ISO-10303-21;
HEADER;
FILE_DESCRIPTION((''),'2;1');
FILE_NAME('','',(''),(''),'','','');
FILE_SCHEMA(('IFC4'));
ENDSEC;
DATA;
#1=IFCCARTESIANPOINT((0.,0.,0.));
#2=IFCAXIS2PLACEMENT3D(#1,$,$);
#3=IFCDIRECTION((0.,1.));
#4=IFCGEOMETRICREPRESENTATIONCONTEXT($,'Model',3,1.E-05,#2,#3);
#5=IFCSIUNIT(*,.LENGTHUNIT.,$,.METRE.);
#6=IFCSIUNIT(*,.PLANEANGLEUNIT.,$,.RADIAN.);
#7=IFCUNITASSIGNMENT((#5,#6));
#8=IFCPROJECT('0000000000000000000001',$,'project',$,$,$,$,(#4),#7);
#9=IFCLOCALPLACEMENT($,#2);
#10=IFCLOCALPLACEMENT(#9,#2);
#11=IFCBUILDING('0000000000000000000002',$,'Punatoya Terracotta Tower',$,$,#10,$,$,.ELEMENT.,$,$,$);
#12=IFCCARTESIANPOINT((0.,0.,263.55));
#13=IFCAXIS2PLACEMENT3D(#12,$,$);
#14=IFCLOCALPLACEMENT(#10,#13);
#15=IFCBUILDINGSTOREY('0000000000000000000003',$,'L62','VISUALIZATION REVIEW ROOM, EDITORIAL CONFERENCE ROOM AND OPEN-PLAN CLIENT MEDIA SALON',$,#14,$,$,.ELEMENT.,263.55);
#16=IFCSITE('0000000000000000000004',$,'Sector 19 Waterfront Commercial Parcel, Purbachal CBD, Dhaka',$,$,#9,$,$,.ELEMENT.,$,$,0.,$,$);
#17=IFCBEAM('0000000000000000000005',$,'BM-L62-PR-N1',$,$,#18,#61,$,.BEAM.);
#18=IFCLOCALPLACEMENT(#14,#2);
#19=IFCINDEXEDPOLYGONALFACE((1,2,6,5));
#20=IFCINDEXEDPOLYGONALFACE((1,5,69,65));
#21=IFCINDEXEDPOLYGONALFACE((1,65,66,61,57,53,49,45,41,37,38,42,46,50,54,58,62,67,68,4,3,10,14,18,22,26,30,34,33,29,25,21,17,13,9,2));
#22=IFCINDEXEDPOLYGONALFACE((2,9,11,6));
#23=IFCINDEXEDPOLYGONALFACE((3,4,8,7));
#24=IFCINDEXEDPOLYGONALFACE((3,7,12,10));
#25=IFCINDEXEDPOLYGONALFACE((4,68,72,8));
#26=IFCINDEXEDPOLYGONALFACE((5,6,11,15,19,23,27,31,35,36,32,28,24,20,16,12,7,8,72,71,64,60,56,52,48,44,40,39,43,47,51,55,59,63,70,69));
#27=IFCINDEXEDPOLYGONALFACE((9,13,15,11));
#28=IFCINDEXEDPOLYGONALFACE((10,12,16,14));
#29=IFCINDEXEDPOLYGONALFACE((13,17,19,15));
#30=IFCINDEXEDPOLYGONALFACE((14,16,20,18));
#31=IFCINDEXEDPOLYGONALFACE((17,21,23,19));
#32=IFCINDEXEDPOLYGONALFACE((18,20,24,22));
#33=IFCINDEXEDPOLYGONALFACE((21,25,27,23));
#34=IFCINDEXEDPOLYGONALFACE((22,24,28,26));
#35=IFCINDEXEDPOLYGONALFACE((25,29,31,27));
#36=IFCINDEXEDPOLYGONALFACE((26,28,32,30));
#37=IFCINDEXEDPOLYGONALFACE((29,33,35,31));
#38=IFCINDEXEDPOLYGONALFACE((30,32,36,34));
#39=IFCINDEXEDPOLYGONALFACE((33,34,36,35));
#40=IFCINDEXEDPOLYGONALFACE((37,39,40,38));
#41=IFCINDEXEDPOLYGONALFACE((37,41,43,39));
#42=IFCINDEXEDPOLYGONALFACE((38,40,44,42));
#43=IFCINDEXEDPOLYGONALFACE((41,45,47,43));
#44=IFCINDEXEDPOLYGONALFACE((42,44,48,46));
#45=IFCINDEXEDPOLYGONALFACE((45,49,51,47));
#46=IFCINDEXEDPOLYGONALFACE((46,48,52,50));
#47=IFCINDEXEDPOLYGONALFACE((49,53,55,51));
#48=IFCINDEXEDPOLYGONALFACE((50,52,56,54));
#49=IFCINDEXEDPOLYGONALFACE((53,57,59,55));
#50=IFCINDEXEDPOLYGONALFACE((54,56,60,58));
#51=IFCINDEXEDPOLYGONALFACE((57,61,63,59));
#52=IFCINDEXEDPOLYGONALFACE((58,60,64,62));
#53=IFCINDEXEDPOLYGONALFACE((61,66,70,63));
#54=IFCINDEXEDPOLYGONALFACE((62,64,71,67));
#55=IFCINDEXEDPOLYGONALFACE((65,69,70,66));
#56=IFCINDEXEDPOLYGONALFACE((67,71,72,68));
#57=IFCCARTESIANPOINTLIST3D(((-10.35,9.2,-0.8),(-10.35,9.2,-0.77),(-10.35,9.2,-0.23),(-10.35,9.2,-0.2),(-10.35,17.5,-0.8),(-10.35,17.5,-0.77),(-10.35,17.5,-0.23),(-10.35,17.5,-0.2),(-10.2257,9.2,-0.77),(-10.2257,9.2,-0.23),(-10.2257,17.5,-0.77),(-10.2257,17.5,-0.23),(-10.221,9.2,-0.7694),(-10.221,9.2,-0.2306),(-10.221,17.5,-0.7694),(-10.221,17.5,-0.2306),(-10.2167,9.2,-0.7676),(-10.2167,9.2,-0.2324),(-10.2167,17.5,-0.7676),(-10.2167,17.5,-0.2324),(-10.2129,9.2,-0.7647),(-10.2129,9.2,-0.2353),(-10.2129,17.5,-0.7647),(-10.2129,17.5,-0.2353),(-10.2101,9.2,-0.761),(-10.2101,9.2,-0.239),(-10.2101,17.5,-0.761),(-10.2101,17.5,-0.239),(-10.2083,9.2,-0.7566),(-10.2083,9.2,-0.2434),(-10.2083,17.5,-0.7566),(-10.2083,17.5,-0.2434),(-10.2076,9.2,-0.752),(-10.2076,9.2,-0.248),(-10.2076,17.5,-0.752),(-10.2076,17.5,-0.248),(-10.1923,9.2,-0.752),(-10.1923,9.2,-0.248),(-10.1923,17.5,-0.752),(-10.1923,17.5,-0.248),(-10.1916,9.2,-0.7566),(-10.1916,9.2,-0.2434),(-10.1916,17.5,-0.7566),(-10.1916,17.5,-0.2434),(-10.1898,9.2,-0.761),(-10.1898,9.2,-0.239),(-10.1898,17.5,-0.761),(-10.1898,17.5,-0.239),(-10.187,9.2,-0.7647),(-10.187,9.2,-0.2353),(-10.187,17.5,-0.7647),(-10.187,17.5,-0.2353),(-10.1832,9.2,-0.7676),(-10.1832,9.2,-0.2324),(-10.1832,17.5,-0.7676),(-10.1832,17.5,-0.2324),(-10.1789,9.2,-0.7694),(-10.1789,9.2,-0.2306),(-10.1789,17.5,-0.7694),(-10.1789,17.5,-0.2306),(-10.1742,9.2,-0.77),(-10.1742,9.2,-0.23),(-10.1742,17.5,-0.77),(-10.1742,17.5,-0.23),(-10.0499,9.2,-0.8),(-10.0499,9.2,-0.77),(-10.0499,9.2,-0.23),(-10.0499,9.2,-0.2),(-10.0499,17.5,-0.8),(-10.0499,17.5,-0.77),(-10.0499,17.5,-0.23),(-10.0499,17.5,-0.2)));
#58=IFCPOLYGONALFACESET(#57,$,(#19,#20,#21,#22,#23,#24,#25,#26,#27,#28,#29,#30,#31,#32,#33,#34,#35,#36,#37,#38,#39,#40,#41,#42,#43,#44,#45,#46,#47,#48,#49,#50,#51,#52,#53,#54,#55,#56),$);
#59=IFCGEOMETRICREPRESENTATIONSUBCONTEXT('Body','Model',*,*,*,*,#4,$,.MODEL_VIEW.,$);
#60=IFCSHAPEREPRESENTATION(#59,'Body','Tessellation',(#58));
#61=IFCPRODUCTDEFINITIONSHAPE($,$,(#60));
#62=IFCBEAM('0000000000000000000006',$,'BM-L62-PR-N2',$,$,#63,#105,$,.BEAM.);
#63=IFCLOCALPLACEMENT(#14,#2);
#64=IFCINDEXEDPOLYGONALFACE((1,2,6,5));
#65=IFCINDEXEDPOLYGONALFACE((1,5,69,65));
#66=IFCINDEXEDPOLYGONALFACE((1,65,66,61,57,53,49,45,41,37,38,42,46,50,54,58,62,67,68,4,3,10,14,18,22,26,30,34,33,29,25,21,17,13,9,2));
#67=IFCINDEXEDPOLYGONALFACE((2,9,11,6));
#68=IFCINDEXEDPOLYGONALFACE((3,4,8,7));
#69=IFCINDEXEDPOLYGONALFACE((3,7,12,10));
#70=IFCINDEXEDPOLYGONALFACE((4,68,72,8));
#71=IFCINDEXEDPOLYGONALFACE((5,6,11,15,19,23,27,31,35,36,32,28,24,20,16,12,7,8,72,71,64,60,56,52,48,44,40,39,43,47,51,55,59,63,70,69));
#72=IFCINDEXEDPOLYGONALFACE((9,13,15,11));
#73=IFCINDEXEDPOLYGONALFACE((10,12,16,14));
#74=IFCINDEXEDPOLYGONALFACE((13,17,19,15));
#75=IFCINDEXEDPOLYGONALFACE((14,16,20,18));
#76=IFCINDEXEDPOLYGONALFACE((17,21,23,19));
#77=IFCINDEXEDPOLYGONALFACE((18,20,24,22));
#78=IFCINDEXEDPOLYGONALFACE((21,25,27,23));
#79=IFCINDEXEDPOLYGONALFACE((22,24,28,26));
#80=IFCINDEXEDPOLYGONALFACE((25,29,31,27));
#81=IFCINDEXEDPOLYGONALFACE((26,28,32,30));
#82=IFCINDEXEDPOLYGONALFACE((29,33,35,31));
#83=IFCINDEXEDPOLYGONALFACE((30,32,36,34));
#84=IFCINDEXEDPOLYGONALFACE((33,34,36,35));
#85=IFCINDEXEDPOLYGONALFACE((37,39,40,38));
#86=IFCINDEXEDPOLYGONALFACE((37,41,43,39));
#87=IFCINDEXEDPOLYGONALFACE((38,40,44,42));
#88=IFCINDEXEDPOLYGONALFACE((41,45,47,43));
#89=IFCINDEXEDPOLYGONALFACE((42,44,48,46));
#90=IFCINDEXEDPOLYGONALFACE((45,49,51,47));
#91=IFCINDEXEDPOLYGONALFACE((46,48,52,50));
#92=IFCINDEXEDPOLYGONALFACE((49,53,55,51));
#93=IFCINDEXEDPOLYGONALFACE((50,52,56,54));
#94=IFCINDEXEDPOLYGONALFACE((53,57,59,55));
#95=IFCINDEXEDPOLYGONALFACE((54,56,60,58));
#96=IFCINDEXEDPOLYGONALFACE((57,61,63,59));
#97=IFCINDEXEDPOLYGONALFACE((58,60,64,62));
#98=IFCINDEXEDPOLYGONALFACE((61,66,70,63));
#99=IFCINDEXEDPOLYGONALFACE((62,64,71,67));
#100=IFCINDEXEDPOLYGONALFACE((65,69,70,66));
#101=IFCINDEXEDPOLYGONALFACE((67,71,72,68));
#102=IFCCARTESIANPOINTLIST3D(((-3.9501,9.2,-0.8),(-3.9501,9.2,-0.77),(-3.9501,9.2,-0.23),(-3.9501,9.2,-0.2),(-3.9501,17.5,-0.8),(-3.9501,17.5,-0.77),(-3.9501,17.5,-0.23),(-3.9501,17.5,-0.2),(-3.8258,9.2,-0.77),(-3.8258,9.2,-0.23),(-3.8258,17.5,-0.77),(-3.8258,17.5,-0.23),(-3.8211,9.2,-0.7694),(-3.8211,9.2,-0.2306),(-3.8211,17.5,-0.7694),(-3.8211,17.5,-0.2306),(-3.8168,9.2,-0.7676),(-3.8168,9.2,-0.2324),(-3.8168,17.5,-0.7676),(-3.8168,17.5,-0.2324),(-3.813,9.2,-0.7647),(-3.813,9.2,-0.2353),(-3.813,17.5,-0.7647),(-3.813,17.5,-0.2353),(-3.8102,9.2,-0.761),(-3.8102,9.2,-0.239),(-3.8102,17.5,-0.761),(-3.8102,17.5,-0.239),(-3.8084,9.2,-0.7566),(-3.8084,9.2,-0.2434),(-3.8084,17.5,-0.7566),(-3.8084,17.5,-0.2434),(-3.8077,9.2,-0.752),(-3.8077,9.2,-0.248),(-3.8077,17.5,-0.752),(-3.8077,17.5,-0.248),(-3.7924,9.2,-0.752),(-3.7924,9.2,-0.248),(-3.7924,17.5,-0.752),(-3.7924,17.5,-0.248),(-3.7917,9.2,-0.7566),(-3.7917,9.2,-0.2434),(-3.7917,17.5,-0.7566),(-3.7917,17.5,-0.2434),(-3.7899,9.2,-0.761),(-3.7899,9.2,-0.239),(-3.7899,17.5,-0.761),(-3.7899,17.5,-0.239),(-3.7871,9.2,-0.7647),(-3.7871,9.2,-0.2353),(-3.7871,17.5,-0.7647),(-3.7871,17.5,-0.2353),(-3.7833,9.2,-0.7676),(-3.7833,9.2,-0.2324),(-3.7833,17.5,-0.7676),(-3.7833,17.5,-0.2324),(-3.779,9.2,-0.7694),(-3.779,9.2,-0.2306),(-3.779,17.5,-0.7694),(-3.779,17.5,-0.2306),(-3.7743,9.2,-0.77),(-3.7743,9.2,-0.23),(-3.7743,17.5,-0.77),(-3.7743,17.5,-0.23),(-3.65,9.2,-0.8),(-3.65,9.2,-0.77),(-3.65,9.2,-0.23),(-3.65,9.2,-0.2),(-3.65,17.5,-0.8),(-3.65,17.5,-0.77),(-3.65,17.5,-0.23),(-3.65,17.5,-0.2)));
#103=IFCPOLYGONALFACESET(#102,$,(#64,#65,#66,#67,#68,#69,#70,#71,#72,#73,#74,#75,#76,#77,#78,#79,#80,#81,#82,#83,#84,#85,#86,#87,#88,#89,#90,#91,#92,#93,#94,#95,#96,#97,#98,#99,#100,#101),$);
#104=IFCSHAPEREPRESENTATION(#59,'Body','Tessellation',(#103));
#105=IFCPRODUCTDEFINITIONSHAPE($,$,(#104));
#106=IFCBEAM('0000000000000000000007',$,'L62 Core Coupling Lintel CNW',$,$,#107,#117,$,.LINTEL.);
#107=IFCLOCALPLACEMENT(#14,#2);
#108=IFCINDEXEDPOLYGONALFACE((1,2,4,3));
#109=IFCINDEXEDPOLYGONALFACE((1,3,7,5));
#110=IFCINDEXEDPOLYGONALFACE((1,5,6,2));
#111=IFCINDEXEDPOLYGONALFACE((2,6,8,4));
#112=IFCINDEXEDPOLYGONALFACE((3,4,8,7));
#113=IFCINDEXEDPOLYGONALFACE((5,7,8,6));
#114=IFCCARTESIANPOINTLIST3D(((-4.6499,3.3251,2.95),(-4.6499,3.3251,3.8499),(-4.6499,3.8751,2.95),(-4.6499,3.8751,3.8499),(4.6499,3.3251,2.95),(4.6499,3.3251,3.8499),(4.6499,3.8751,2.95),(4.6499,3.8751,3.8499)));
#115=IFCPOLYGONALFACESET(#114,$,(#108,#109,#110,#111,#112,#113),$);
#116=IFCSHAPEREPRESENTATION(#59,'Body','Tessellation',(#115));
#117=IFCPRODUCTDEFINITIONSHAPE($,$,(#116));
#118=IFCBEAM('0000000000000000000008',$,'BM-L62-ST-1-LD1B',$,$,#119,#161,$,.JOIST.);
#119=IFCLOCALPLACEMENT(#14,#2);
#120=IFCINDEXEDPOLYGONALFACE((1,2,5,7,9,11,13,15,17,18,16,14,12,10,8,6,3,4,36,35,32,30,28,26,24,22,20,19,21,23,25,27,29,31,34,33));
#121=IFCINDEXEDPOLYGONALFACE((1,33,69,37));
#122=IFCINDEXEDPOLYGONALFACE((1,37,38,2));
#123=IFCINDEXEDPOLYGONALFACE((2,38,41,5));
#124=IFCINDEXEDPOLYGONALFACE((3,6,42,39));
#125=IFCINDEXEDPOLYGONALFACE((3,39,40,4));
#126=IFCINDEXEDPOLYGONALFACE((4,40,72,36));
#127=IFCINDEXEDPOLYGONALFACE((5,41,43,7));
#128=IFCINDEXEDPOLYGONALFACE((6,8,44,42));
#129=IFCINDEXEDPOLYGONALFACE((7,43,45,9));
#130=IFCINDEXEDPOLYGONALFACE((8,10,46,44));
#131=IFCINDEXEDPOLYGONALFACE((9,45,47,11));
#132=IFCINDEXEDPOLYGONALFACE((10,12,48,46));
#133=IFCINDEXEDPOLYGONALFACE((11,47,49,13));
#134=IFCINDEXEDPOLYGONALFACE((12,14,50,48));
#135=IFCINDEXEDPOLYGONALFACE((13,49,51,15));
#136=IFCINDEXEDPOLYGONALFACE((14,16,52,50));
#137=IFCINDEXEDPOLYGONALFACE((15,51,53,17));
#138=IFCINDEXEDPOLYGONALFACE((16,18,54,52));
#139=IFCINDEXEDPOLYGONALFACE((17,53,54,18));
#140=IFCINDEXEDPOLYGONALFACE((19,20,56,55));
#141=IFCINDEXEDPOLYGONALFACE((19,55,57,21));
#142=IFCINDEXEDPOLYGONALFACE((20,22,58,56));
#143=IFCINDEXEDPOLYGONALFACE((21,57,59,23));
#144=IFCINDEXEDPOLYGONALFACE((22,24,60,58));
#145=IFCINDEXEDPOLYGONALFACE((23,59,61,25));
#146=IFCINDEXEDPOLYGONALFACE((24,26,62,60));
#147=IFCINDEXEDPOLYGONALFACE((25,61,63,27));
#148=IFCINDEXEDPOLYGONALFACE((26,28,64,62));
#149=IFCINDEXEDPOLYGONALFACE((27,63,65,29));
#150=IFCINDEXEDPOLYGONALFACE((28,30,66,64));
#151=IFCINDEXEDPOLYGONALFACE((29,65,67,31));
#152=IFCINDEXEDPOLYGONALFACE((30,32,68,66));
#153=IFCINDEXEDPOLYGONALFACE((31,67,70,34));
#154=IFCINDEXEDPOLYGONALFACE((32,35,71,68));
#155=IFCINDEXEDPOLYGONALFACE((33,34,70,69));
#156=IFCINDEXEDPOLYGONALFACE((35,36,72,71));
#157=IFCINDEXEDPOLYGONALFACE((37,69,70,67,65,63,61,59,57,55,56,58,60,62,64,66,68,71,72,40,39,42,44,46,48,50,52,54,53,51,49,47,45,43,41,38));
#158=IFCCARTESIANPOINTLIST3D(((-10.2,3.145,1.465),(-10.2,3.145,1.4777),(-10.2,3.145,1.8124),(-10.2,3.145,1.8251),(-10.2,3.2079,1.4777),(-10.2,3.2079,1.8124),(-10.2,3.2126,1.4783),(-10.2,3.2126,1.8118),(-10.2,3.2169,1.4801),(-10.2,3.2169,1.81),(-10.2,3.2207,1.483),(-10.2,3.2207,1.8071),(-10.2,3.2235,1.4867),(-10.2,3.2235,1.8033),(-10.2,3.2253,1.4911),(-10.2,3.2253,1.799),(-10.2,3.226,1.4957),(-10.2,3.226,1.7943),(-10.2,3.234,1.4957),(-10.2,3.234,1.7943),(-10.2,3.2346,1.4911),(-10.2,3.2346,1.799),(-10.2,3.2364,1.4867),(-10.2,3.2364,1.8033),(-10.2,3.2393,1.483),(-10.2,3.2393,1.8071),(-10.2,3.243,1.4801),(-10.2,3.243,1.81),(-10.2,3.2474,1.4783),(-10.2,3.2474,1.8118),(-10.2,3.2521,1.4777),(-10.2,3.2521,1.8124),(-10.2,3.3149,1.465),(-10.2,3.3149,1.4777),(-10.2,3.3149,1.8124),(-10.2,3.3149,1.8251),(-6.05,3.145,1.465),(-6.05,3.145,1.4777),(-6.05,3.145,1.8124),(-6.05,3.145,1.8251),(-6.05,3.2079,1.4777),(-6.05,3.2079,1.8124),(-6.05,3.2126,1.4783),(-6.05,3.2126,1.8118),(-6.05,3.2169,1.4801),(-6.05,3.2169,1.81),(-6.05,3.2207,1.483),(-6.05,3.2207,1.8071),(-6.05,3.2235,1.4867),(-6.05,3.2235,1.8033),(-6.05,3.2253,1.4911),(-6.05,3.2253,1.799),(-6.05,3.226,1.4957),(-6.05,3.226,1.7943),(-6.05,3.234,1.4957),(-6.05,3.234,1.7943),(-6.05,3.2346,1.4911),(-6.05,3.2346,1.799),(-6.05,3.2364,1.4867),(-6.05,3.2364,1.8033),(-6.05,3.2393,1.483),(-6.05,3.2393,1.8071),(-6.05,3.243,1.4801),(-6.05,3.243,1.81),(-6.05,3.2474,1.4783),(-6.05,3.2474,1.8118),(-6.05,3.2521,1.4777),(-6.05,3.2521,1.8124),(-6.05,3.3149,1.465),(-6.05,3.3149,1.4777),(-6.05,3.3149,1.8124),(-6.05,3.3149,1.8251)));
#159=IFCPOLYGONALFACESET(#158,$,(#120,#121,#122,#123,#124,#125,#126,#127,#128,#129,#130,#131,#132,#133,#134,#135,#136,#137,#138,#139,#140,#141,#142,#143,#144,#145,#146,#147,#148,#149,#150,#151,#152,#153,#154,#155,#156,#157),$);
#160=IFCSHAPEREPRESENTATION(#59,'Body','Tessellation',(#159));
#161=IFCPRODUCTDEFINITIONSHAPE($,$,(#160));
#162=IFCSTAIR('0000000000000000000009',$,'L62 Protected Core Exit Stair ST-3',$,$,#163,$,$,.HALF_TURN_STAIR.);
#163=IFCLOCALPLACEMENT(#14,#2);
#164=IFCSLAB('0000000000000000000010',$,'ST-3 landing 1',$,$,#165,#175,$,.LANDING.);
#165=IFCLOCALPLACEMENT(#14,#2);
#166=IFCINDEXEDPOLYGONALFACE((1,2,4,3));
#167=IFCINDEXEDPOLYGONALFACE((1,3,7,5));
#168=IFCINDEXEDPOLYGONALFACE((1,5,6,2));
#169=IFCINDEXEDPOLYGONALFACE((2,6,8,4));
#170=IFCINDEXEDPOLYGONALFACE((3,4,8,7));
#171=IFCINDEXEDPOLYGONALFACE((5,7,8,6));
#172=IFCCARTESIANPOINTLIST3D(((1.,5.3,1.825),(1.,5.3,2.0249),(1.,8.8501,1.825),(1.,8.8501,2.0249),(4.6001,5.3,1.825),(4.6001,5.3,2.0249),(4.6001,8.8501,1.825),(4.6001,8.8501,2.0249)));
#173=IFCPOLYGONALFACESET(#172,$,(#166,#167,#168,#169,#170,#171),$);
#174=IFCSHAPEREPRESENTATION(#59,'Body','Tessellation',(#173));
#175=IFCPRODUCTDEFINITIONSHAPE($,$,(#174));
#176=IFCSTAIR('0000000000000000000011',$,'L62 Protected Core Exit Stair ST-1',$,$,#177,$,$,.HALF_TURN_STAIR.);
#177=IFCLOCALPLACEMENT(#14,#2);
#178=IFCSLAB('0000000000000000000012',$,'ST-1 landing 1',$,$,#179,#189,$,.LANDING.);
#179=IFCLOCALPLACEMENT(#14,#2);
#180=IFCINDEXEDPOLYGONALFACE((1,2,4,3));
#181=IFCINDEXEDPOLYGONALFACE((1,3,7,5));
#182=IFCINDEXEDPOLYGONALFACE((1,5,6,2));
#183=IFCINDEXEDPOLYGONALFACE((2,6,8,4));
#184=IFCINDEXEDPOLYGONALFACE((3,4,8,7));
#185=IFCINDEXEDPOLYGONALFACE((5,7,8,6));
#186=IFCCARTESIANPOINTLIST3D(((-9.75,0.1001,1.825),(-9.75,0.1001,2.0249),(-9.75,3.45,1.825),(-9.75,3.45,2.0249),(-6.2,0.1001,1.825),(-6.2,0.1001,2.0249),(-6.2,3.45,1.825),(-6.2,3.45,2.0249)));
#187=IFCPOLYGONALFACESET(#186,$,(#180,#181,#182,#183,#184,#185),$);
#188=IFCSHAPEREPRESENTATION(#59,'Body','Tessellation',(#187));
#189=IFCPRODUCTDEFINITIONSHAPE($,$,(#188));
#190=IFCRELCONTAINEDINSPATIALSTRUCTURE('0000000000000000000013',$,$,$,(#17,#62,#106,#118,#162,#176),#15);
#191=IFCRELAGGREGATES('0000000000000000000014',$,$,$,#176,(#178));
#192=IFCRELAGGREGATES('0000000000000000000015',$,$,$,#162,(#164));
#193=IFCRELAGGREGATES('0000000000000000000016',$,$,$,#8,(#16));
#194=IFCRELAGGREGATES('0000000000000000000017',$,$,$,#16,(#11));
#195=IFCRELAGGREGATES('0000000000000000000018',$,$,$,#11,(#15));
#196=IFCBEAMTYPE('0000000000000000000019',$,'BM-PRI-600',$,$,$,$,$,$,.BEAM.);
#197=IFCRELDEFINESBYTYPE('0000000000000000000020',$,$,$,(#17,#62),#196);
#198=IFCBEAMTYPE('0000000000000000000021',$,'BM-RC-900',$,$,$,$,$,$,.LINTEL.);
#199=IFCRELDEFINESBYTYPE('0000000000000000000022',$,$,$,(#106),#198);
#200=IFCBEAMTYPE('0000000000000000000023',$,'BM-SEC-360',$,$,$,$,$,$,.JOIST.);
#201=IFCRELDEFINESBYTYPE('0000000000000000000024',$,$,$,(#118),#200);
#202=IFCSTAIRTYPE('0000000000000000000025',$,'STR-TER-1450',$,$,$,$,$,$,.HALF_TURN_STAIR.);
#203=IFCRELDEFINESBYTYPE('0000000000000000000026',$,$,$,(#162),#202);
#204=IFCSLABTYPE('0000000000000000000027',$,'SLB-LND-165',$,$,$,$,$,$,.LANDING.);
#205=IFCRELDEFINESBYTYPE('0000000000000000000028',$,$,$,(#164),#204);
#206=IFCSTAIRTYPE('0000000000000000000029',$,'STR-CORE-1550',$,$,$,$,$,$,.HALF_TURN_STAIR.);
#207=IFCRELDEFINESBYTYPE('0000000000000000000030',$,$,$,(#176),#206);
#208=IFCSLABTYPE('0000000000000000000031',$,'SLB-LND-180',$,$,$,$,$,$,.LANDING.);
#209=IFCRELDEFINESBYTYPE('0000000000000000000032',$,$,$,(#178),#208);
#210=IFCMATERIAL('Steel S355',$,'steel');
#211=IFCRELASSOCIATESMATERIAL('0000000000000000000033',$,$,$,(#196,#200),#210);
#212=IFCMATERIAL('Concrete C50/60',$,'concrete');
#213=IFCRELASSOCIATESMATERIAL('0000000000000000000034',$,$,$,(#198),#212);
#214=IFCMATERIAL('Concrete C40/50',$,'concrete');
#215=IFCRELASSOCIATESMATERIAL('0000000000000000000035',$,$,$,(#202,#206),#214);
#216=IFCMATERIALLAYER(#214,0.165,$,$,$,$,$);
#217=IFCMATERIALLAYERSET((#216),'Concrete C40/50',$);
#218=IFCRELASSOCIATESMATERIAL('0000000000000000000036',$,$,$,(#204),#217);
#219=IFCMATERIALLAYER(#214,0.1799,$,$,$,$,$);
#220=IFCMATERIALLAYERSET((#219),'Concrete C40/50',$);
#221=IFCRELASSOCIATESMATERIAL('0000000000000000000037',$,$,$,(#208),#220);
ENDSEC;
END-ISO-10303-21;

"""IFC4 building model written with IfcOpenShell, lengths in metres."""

from ifc_helpers import new_model, si_unit, direction, frame, origin, origin_2d, place, context, subcontext, project, spatial, polyline, rectangle, i_section, outline, extrude, material, layer, layer_set, material_profile, profile_set, type_object, element, aggregate, save


model = new_model("IFC4")

# Units and contexts
model_context = context("Model", 3, precision=1e-05, world=origin(), true_north=direction((0.0, 1.0)))
body_context = subcontext(model_context, "Body", "Model", "MODEL_VIEW")
ifc_project = project(units=[si_unit("LENGTHUNIT", "METRE"), si_unit("PLANEANGLEUNIT", "RADIAN")], contexts=[model_context])

# Site, building, storey
site_placement = place(None, origin())
site = spatial("IfcSite", under=ifc_project, at=site_placement, Name="Sector 19 Waterfront Commercial Parcel, Purbachal CBD, Dhaka", CompositionType="ELEMENT", RefElevation=0.0)
building_placement = place(site_placement, origin())
building = spatial("IfcBuilding", under=site, at=building_placement, Name="Punatoya Terracotta Tower", CompositionType="ELEMENT")
storey_placement = place(building_placement, frame((0.0, 0.0, 263.55)))
storey = spatial("IfcBuildingStorey", under=building, at=storey_placement, Name="L62", Description="VISUALIZATION REVIEW ROOM, EDITORIAL CONFERENCE ROOM AND OPEN-PLAN CLIENT MEDIA SALON", CompositionType="ELEMENT", Elevation=263.55)

# Beams
ifc_material_1 = material(Name="Steel S355", Category="steel")
ifc_material_profile_1 = material_profile(ifc_material_1, i_section(OverallWidth=0.3, OverallDepth=0.6001, WebThickness=0.0154, FlangeThickness=0.03, FilletRadius=0.0181, at=origin_2d()))
ifc_profile_set_1 = profile_set([ifc_material_profile_1], Name="Steel S355")
beam_type_1 = type_object("IfcBeamType", Name="BM-PRI-600", PredefinedType="BEAM", material=ifc_profile_set_1)
for number, where, z_axis, x_axis, name in (
    (1, (-10.2, 9.2, -0.5), (0.0, 1.0, 0.0), (-1.0, 0.0, 0.0), "BM-L62-PR-N1"),
    (2, (-3.8, 9.2, -0.5), (0.0, 1.0, 0.0), (-1.0, 0.0, 0.0), "BM-L62-PR-N2"),
):
    element("IfcBeam", number, at=place(storey_placement, frame(where, z_axis=z_axis, x_axis=x_axis)), inside=storey, type_object=beam_type_1, Name=name, PredefinedType="BEAM", context=body_context, shape_type="SweptSolid", body=[
        extrude(i_section(OverallWidth=0.3, OverallDepth=0.6001, WebThickness=0.0154, FlangeThickness=0.03, FilletRadius=0.0181, at=origin_2d()), origin(), (0.0, 0.0, 1.0), 8.3),
    ])
ifc_material_2 = material(Name="Concrete C50/60", Category="concrete")
ifc_material_profile_2 = material_profile(ifc_material_2, rectangle(XDim=0.55, YDim=0.8999, at=origin_2d()))
ifc_profile_set_2 = profile_set([ifc_material_profile_2], Name="Concrete C50/60")
beam_type_2 = type_object("IfcBeamType", Name="BM-RC-900", PredefinedType="LINTEL", material=ifc_profile_set_2)
beam_1_placement = place(storey_placement, frame((-4.6499, 3.6001, 3.3999), z_axis=(1.0, 0.0, 0.0), x_axis=(0.0, 1.0, 0.0)))
element("IfcBeam", 3, at=beam_1_placement, inside=storey, type_object=beam_type_2, Name="L62 Core Coupling Lintel CNW", PredefinedType="LINTEL", context=body_context, shape_type="SweptSolid", body=[
    extrude(rectangle(XDim=0.55, YDim=0.8999, at=origin_2d()), origin(), (0.0, 0.0, 1.0), 9.2998),
])
ifc_material_profile_3 = material_profile(ifc_material_1, i_section(OverallWidth=0.1699, OverallDepth=0.3601, WebThickness=0.0081, FlangeThickness=0.0127, FilletRadius=0.0181, at=origin_2d()))
ifc_profile_set_3 = profile_set([ifc_material_profile_3], Name="Steel S355")
beam_type_3 = type_object("IfcBeamType", Name="BM-SEC-360", PredefinedType="JOIST", material=ifc_profile_set_3)
beam_2_placement = place(storey_placement, frame((-10.2, 3.23, 1.645), z_axis=(1.0, 0.0, 0.0), x_axis=(0.0, 1.0, 0.0)))
element("IfcBeam", 4, at=beam_2_placement, inside=storey, type_object=beam_type_3, Name="BM-L62-ST-1-LD1B", PredefinedType="JOIST", context=body_context, shape_type="SweptSolid", body=[
    extrude(i_section(OverallWidth=0.1699, OverallDepth=0.3601, WebThickness=0.0081, FlangeThickness=0.0127, FilletRadius=0.0181, at=origin_2d()), origin(), (0.0, 0.0, 1.0), 4.1499),
])

# Stairs, slabs
ifc_material_3 = material(Name="Concrete C40/50", Category="concrete")
stair_type_1 = type_object("IfcStairType", Name="STR-TER-1450", PredefinedType="HALF_TURN_STAIR", material=ifc_material_3)
stair_1_placement = place(storey_placement, origin())
stair_1 = element("IfcStair", 5, at=stair_1_placement, inside=storey, type_object=stair_type_1, Name="L62 Protected Core Exit Stair ST-3", PredefinedType="HALF_TURN_STAIR")
ifc_layer_1 = layer(ifc_material_3, 0.165)
ifc_layer_set_1 = layer_set([ifc_layer_1], Name="Concrete C40/50")
slab_type_1 = type_object("IfcSlabType", Name="SLB-LND-165", PredefinedType="LANDING", material=ifc_layer_set_1)
slab_1_placement = place(storey_placement, frame((0.0, 0.0, 1.825)))
slab_1 = element("IfcSlab", 6, at=slab_1_placement, type_object=slab_type_1, Name="ST-3 landing 1", PredefinedType="LANDING", context=body_context, shape_type="SweptSolid", body=[
    extrude(outline(polyline([(1.0, 5.3), (4.6001, 5.3), (4.6001, 8.8501), (1.0, 8.8501), (1.0, 5.3)])), origin(), (0.0, 0.0, 1.0), 0.2),
])
stair_type_2 = type_object("IfcStairType", Name="STR-CORE-1550", PredefinedType="HALF_TURN_STAIR", material=ifc_material_3)
stair_2_placement = place(storey_placement, origin())
stair_2 = element("IfcStair", 7, at=stair_2_placement, inside=storey, type_object=stair_type_2, Name="L62 Protected Core Exit Stair ST-1", PredefinedType="HALF_TURN_STAIR")
ifc_layer_2 = layer(ifc_material_3, 0.1799)
ifc_layer_set_2 = layer_set([ifc_layer_2], Name="Concrete C40/50")
slab_type_2 = type_object("IfcSlabType", Name="SLB-LND-180", PredefinedType="LANDING", material=ifc_layer_set_2)
slab_2_placement = place(storey_placement, frame((0.0, 0.0, 1.825)))
slab_2 = element("IfcSlab", 8, at=slab_2_placement, type_object=slab_type_2, Name="ST-1 landing 1", PredefinedType="LANDING", context=body_context, shape_type="SweptSolid", body=[
    extrude(outline(polyline([(-6.2, 0.1001), (-6.2, 3.45), (-9.75, 3.45), (-9.75, 0.1001), (-6.2, 0.1001)])), origin(), (0.0, 0.0, 1.0), 0.2),
])

aggregate(stair_2, [slab_2])
aggregate(stair_1, [slab_1])

save(model, "model.ifc")
